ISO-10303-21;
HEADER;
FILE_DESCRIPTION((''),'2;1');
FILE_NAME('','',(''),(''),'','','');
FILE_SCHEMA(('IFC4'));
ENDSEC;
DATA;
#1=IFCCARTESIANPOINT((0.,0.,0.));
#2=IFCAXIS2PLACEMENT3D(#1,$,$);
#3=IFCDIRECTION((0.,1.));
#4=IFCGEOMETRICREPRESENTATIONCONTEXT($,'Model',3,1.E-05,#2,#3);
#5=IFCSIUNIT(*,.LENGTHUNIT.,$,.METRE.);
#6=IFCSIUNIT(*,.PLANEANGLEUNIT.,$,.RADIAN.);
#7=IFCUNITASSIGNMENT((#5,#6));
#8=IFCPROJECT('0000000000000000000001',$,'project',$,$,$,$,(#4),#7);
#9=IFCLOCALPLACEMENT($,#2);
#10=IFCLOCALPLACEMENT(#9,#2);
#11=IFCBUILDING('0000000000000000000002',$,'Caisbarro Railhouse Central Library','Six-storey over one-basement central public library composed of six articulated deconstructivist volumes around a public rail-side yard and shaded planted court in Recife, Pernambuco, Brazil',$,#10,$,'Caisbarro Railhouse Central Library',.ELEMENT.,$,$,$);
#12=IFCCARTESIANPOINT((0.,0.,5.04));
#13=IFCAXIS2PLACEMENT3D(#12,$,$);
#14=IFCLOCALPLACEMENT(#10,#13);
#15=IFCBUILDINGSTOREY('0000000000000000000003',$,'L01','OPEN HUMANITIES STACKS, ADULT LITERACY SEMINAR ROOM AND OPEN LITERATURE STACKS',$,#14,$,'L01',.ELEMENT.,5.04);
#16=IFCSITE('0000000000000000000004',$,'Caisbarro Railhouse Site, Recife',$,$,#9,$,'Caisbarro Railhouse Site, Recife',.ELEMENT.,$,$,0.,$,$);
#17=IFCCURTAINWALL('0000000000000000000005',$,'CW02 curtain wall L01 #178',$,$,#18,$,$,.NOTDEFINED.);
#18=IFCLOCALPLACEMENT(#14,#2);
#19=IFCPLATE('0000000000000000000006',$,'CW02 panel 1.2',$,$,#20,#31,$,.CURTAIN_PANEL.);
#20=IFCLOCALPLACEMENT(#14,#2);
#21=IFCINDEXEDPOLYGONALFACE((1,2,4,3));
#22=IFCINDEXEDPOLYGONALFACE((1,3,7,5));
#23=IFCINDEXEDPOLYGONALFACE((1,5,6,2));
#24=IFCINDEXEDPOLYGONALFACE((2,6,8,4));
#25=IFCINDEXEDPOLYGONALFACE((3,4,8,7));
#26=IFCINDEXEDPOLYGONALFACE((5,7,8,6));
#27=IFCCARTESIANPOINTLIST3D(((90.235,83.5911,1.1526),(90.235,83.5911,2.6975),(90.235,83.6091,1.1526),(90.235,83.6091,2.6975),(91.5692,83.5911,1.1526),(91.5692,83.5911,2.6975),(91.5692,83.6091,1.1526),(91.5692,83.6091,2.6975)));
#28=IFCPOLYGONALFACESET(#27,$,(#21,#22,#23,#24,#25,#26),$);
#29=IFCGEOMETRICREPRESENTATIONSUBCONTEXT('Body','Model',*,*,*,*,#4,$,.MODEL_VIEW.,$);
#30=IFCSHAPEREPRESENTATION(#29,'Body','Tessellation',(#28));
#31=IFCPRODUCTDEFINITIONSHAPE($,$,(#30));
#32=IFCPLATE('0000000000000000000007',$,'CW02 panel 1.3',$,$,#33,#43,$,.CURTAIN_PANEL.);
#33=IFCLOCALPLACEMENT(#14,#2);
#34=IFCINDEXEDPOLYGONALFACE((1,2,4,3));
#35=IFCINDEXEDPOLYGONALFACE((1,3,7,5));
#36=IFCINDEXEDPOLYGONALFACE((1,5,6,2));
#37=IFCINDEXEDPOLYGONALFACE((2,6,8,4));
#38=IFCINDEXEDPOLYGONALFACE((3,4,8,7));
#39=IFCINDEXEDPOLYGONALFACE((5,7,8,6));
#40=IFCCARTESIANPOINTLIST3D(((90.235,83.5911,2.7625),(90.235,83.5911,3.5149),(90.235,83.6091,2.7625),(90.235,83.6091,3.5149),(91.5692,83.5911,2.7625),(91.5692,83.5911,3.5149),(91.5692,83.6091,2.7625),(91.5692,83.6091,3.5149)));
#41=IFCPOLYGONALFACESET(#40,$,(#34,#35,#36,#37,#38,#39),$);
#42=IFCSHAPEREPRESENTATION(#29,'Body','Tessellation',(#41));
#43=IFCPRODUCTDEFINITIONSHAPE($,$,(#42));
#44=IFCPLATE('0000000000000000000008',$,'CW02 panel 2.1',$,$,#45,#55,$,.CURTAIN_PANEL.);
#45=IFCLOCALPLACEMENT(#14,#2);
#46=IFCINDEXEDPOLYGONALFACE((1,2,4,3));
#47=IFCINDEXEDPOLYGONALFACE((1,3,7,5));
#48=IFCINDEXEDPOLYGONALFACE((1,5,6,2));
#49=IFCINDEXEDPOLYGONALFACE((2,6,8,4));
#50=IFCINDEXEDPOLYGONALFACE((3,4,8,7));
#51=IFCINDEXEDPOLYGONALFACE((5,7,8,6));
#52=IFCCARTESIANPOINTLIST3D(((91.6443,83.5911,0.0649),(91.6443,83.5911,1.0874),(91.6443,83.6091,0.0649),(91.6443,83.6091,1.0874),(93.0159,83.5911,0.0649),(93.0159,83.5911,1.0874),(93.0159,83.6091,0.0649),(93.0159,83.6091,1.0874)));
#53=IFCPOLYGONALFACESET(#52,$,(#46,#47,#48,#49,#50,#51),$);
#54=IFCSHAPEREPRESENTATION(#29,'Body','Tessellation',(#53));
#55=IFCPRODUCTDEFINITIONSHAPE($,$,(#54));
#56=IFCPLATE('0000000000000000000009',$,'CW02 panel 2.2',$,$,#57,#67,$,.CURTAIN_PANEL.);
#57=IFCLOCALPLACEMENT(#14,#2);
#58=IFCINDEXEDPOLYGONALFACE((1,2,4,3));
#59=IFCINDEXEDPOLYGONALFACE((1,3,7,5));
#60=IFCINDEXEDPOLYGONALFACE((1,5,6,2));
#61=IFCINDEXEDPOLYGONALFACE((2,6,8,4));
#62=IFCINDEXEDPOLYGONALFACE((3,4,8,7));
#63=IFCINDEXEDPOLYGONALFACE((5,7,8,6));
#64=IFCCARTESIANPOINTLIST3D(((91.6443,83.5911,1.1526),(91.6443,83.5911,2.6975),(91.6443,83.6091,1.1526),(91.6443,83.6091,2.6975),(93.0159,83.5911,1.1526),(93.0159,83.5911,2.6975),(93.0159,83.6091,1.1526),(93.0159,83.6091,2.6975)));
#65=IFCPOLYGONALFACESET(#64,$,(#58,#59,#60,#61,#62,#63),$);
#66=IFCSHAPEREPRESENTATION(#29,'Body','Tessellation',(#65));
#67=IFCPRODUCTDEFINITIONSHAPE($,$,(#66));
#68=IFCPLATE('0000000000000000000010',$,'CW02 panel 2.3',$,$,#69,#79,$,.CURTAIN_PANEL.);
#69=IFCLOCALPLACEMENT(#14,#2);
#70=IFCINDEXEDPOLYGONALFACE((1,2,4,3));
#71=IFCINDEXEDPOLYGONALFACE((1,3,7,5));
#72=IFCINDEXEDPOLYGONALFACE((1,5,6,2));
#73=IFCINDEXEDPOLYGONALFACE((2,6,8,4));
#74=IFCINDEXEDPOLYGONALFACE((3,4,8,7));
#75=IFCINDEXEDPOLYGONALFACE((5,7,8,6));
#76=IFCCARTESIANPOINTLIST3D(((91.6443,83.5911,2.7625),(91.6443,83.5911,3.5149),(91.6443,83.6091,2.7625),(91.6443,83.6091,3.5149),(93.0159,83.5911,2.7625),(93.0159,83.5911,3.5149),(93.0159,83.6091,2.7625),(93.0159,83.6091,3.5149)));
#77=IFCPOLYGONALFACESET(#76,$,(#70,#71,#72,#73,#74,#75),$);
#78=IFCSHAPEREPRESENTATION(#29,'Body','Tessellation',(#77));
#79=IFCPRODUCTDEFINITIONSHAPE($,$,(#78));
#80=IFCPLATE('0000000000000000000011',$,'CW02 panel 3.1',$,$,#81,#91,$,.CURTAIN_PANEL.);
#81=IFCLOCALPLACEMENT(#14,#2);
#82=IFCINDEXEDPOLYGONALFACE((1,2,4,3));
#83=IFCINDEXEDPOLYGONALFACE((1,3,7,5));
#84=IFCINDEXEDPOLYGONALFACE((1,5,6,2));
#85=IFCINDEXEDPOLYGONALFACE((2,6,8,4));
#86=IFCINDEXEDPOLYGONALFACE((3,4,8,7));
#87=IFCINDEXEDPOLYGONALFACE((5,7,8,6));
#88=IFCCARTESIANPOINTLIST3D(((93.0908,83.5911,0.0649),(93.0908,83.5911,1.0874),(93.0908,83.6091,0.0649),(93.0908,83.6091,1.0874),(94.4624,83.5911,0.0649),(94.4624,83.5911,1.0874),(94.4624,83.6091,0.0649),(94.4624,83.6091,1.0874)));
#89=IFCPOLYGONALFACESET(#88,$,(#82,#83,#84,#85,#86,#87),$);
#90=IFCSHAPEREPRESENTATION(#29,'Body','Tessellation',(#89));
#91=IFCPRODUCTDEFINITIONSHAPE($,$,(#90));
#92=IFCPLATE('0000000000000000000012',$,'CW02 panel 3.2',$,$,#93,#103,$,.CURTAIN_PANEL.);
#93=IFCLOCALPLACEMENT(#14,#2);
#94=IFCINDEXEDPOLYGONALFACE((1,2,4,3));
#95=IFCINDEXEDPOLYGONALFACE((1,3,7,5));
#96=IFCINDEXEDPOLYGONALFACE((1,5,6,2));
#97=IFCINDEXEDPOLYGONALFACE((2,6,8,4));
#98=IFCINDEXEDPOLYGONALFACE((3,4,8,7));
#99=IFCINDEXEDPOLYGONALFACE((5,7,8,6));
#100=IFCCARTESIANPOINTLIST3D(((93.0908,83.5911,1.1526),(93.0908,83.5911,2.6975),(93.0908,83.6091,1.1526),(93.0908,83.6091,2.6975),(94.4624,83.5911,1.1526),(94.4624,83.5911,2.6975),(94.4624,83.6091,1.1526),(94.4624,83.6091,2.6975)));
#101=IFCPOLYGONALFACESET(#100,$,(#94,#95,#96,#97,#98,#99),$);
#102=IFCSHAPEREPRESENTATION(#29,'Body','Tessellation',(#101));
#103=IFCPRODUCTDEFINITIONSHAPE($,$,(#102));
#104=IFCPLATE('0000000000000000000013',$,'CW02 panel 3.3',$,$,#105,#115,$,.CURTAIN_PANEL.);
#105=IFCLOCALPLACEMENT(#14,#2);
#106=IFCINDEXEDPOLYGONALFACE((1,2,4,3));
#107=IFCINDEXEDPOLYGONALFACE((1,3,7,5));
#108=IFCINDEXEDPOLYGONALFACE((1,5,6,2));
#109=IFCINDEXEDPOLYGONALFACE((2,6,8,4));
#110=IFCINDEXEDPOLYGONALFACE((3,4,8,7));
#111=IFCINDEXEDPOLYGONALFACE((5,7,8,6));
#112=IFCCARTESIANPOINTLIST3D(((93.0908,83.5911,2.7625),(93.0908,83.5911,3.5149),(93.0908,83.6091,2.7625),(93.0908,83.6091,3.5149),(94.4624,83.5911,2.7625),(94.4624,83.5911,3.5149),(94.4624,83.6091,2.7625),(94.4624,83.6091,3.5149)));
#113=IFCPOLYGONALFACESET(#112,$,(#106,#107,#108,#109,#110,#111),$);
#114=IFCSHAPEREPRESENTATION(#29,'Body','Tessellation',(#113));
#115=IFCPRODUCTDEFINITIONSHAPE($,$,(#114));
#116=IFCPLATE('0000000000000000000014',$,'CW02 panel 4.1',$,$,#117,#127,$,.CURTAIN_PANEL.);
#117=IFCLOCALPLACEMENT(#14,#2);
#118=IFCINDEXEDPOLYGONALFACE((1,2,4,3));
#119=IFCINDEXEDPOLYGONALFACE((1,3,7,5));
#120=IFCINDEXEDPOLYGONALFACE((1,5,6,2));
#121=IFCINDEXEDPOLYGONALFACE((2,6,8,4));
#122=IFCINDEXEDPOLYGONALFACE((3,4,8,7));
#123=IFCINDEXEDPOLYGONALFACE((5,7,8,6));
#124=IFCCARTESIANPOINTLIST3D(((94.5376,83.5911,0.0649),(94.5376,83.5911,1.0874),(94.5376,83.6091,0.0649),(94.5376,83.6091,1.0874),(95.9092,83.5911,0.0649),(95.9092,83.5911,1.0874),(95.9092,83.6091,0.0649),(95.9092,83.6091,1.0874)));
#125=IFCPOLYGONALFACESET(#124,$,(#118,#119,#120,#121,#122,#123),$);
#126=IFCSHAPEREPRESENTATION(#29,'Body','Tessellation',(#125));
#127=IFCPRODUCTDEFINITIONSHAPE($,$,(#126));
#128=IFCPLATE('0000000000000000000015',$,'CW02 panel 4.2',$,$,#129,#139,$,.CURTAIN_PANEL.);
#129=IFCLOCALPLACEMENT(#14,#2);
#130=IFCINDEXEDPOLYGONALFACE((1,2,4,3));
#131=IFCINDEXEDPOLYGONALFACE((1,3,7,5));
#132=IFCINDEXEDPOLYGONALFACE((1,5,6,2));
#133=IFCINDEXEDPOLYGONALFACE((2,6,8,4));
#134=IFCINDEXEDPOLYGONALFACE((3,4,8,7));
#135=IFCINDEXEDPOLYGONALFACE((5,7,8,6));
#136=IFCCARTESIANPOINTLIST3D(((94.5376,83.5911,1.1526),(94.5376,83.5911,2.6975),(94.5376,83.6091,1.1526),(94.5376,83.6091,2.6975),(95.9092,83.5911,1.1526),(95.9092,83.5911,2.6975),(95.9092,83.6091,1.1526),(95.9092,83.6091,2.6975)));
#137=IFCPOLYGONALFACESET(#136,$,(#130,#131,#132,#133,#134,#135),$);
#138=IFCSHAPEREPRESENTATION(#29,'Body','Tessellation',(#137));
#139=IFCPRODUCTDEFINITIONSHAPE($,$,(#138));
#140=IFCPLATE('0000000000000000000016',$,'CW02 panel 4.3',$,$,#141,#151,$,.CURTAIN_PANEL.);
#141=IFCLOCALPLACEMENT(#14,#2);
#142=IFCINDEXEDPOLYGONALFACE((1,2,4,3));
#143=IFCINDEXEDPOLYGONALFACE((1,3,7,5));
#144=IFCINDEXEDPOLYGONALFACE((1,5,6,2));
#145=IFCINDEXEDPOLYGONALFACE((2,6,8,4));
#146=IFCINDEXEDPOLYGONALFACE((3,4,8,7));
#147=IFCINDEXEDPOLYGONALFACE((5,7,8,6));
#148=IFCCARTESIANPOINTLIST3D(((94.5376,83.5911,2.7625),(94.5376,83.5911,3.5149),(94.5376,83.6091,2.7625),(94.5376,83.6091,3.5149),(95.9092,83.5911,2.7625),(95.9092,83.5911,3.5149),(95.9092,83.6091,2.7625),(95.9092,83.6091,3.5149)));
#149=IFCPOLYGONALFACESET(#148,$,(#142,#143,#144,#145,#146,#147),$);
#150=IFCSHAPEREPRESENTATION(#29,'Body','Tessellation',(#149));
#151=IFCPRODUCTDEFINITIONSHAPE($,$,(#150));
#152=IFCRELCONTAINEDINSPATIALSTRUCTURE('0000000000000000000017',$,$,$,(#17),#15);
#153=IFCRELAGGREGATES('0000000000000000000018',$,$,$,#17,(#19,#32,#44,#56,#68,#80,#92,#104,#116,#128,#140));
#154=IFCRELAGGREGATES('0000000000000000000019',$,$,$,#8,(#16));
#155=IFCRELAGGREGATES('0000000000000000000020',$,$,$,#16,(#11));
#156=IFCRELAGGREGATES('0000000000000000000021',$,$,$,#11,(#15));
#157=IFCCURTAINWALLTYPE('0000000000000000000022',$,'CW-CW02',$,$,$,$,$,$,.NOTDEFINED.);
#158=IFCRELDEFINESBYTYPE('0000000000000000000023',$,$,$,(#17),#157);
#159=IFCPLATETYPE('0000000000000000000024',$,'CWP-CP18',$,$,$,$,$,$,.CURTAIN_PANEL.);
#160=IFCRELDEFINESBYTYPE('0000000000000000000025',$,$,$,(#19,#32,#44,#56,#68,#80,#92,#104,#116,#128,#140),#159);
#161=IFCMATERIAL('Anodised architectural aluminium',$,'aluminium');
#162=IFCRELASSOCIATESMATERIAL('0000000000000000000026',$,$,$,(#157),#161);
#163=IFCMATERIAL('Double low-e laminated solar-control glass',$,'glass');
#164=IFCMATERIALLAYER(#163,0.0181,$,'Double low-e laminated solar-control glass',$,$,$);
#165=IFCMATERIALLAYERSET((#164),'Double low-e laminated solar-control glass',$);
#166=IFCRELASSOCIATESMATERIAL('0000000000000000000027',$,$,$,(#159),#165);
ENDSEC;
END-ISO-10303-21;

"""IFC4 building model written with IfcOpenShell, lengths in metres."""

from ifc_helpers import new_model, si_unit, direction, frame, origin, origin_2d, place, context, subcontext, project, spatial, rectangle, extrude, material, layer, layer_set, type_object, element, aggregate, save


model = new_model("IFC4")

# Units and contexts
model_context = context("Model", 3, precision=1e-05, world=origin(), true_north=direction((0.0, 1.0)))
body_context = subcontext(model_context, "Body", "Model", "MODEL_VIEW")
ifc_project = project(units=[si_unit("LENGTHUNIT", "METRE"), si_unit("PLANEANGLEUNIT", "RADIAN")], contexts=[model_context])

# Site, building, storey
site_placement = place(None, origin())
site = spatial("IfcSite", under=ifc_project, at=site_placement, Name="Caisbarro Railhouse Site, Recife", LongName="Caisbarro Railhouse Site, Recife", CompositionType="ELEMENT", RefElevation=0.0)
building_placement = place(site_placement, origin())
building = spatial("IfcBuilding", under=site, at=building_placement, Name="Caisbarro Railhouse Central Library", Description="Six-storey over one-basement central public library composed of six articulated deconstructivist volumes around a public rail-side yard and shaded planted court in Recife, Pernambuco, Brazil", LongName="Caisbarro Railhouse Central Library", CompositionType="ELEMENT")
storey_placement = place(building_placement, frame((0.0, 0.0, 5.04)))
storey = spatial("IfcBuildingStorey", under=building, at=storey_placement, Name="L01", Description="OPEN HUMANITIES STACKS, ADULT LITERACY SEMINAR ROOM AND OPEN LITERATURE STACKS", LongName="L01", CompositionType="ELEMENT", Elevation=5.04)

# Curtain wall, plates
ifc_material_1 = material(Name="Anodised architectural aluminium", Category="aluminium")
curtain_wall_type = type_object("IfcCurtainWallType", Name="CW-CW02", PredefinedType="NOTDEFINED", material=ifc_material_1)
curtain_wall_placement = place(storey_placement, origin())
curtain_wall = element("IfcCurtainWall", 1, at=curtain_wall_placement, inside=storey, type_object=curtain_wall_type, Name="CW02 curtain wall L01 #178", PredefinedType="NOTDEFINED")
ifc_material_2 = material(Name="Double low-e laminated solar-control glass", Category="glass")
ifc_layer = layer(ifc_material_2, 0.0181, Name="Double low-e laminated solar-control glass")
ifc_layer_set = layer_set([ifc_layer], Name="Double low-e laminated solar-control glass")
plate_type = type_object("IfcPlateType", Name="CWP-CP18", PredefinedType="CURTAIN_PANEL", material=ifc_layer_set)
plate_1_placement = place(storey_placement, frame((90.9021, 83.6001, 1.1526), z_axis=(0.0, 0.0, 1.0), x_axis=(1.0, 0.0, 0.0)))
plate_1 = element("IfcPlate", 2, at=plate_1_placement, type_object=plate_type, Name="CW02 panel 1.2", PredefinedType="CURTAIN_PANEL", context=body_context, shape_type="SweptSolid", body=[
    extrude(rectangle(XDim=1.3342, YDim=0.0181, at=origin_2d()), origin(), (0.0, 0.0, 1.0), 1.5449),
])
plate_2_placement = place(storey_placement, frame((90.9021, 83.6001, 2.7625), z_axis=(0.0, 0.0, 1.0), x_axis=(1.0, 0.0, 0.0)))
plate_2 = element("IfcPlate", 3, at=plate_2_placement, type_object=plate_type, Name="CW02 panel 1.3", PredefinedType="CURTAIN_PANEL", context=body_context, shape_type="SweptSolid", body=[
    extrude(rectangle(XDim=1.3342, YDim=0.0181, at=origin_2d()), origin(), (0.0, 0.0, 1.0), 0.7524),
])
plate_3_placement = place(storey_placement, frame((92.3301, 83.6001, 0.0649), z_axis=(0.0, 0.0, 1.0), x_axis=(1.0, 0.0, 0.0)))
plate_3 = element("IfcPlate", 4, at=plate_3_placement, type_object=plate_type, Name="CW02 panel 2.1", PredefinedType="CURTAIN_PANEL", context=body_context, shape_type="SweptSolid", body=[
    extrude(rectangle(XDim=1.3716, YDim=0.0181, at=origin_2d()), origin(), (0.0, 0.0, 1.0), 1.0225),
])
plate_4_placement = place(storey_placement, frame((92.3301, 83.6001, 1.1526), z_axis=(0.0, 0.0, 1.0), x_axis=(1.0, 0.0, 0.0)))
plate_4 = element("IfcPlate", 5, at=plate_4_placement, type_object=plate_type, Name="CW02 panel 2.2", PredefinedType="CURTAIN_PANEL", context=body_context, shape_type="SweptSolid", body=[
    extrude(rectangle(XDim=1.3716, YDim=0.0181, at=origin_2d()), origin(), (0.0, 0.0, 1.0), 1.5449),
])
plate_5_placement = place(storey_placement, frame((92.3301, 83.6001, 2.7625), z_axis=(0.0, 0.0, 1.0), x_axis=(1.0, 0.0, 0.0)))
plate_5 = element("IfcPlate", 6, at=plate_5_placement, type_object=plate_type, Name="CW02 panel 2.3", PredefinedType="CURTAIN_PANEL", context=body_context, shape_type="SweptSolid", body=[
    extrude(rectangle(XDim=1.3716, YDim=0.0181, at=origin_2d()), origin(), (0.0, 0.0, 1.0), 0.7524),
])
plate_6_placement = place(storey_placement, frame((93.7766, 83.6001, 0.0649), z_axis=(0.0, 0.0, 1.0), x_axis=(1.0, 0.0, 0.0)))
plate_6 = element("IfcPlate", 7, at=plate_6_placement, type_object=plate_type, Name="CW02 panel 3.1", PredefinedType="CURTAIN_PANEL", context=body_context, shape_type="SweptSolid", body=[
    extrude(rectangle(XDim=1.3716, YDim=0.0181, at=origin_2d()), origin(), (0.0, 0.0, 1.0), 1.0225),
])
plate_7_placement = place(storey_placement, frame((93.7766, 83.6001, 1.1526), z_axis=(0.0, 0.0, 1.0), x_axis=(1.0, 0.0, 0.0)))
plate_7 = element("IfcPlate", 8, at=plate_7_placement, type_object=plate_type, Name="CW02 panel 3.2", PredefinedType="CURTAIN_PANEL", context=body_context, shape_type="SweptSolid", body=[
    extrude(rectangle(XDim=1.3716, YDim=0.0181, at=origin_2d()), origin(), (0.0, 0.0, 1.0), 1.5449),
])
plate_8_placement = place(storey_placement, frame((93.7766, 83.6001, 2.7625), z_axis=(0.0, 0.0, 1.0), x_axis=(1.0, 0.0, 0.0)))
plate_8 = element("IfcPlate", 9, at=plate_8_placement, type_object=plate_type, Name="CW02 panel 3.3", PredefinedType="CURTAIN_PANEL", context=body_context, shape_type="SweptSolid", body=[
    extrude(rectangle(XDim=1.3716, YDim=0.0181, at=origin_2d()), origin(), (0.0, 0.0, 1.0), 0.7524),
])
plate_9_placement = place(storey_placement, frame((95.2234, 83.6001, 0.0649), z_axis=(0.0, 0.0, 1.0), x_axis=(1.0, 0.0, 0.0)))
plate_9 = element("IfcPlate", 10, at=plate_9_placement, type_object=plate_type, Name="CW02 panel 4.1", PredefinedType="CURTAIN_PANEL", context=body_context, shape_type="SweptSolid", body=[
    extrude(rectangle(XDim=1.3716, YDim=0.0181, at=origin_2d()), origin(), (0.0, 0.0, 1.0), 1.0225),
])
plate_10_placement = place(storey_placement, frame((95.2234, 83.6001, 1.1526), z_axis=(0.0, 0.0, 1.0), x_axis=(1.0, 0.0, 0.0)))
plate_10 = element("IfcPlate", 11, at=plate_10_placement, type_object=plate_type, Name="CW02 panel 4.2", PredefinedType="CURTAIN_PANEL", context=body_context, shape_type="SweptSolid", body=[
    extrude(rectangle(XDim=1.3716, YDim=0.0181, at=origin_2d()), origin(), (0.0, 0.0, 1.0), 1.5449),
])
plate_11_placement = place(storey_placement, frame((95.2234, 83.6001, 2.7625), z_axis=(0.0, 0.0, 1.0), x_axis=(1.0, 0.0, 0.0)))
plate_11 = element("IfcPlate", 12, at=plate_11_placement, type_object=plate_type, Name="CW02 panel 4.3", PredefinedType="CURTAIN_PANEL", context=body_context, shape_type="SweptSolid", body=[
    extrude(rectangle(XDim=1.3716, YDim=0.0181, at=origin_2d()), origin(), (0.0, 0.0, 1.0), 0.7524),
])
aggregate(curtain_wall, [plate_1, plate_2, plate_3, plate_4, plate_5, plate_6, plate_7, plate_8, plate_9, plate_10, plate_11])

save(model, "model.ifc")
